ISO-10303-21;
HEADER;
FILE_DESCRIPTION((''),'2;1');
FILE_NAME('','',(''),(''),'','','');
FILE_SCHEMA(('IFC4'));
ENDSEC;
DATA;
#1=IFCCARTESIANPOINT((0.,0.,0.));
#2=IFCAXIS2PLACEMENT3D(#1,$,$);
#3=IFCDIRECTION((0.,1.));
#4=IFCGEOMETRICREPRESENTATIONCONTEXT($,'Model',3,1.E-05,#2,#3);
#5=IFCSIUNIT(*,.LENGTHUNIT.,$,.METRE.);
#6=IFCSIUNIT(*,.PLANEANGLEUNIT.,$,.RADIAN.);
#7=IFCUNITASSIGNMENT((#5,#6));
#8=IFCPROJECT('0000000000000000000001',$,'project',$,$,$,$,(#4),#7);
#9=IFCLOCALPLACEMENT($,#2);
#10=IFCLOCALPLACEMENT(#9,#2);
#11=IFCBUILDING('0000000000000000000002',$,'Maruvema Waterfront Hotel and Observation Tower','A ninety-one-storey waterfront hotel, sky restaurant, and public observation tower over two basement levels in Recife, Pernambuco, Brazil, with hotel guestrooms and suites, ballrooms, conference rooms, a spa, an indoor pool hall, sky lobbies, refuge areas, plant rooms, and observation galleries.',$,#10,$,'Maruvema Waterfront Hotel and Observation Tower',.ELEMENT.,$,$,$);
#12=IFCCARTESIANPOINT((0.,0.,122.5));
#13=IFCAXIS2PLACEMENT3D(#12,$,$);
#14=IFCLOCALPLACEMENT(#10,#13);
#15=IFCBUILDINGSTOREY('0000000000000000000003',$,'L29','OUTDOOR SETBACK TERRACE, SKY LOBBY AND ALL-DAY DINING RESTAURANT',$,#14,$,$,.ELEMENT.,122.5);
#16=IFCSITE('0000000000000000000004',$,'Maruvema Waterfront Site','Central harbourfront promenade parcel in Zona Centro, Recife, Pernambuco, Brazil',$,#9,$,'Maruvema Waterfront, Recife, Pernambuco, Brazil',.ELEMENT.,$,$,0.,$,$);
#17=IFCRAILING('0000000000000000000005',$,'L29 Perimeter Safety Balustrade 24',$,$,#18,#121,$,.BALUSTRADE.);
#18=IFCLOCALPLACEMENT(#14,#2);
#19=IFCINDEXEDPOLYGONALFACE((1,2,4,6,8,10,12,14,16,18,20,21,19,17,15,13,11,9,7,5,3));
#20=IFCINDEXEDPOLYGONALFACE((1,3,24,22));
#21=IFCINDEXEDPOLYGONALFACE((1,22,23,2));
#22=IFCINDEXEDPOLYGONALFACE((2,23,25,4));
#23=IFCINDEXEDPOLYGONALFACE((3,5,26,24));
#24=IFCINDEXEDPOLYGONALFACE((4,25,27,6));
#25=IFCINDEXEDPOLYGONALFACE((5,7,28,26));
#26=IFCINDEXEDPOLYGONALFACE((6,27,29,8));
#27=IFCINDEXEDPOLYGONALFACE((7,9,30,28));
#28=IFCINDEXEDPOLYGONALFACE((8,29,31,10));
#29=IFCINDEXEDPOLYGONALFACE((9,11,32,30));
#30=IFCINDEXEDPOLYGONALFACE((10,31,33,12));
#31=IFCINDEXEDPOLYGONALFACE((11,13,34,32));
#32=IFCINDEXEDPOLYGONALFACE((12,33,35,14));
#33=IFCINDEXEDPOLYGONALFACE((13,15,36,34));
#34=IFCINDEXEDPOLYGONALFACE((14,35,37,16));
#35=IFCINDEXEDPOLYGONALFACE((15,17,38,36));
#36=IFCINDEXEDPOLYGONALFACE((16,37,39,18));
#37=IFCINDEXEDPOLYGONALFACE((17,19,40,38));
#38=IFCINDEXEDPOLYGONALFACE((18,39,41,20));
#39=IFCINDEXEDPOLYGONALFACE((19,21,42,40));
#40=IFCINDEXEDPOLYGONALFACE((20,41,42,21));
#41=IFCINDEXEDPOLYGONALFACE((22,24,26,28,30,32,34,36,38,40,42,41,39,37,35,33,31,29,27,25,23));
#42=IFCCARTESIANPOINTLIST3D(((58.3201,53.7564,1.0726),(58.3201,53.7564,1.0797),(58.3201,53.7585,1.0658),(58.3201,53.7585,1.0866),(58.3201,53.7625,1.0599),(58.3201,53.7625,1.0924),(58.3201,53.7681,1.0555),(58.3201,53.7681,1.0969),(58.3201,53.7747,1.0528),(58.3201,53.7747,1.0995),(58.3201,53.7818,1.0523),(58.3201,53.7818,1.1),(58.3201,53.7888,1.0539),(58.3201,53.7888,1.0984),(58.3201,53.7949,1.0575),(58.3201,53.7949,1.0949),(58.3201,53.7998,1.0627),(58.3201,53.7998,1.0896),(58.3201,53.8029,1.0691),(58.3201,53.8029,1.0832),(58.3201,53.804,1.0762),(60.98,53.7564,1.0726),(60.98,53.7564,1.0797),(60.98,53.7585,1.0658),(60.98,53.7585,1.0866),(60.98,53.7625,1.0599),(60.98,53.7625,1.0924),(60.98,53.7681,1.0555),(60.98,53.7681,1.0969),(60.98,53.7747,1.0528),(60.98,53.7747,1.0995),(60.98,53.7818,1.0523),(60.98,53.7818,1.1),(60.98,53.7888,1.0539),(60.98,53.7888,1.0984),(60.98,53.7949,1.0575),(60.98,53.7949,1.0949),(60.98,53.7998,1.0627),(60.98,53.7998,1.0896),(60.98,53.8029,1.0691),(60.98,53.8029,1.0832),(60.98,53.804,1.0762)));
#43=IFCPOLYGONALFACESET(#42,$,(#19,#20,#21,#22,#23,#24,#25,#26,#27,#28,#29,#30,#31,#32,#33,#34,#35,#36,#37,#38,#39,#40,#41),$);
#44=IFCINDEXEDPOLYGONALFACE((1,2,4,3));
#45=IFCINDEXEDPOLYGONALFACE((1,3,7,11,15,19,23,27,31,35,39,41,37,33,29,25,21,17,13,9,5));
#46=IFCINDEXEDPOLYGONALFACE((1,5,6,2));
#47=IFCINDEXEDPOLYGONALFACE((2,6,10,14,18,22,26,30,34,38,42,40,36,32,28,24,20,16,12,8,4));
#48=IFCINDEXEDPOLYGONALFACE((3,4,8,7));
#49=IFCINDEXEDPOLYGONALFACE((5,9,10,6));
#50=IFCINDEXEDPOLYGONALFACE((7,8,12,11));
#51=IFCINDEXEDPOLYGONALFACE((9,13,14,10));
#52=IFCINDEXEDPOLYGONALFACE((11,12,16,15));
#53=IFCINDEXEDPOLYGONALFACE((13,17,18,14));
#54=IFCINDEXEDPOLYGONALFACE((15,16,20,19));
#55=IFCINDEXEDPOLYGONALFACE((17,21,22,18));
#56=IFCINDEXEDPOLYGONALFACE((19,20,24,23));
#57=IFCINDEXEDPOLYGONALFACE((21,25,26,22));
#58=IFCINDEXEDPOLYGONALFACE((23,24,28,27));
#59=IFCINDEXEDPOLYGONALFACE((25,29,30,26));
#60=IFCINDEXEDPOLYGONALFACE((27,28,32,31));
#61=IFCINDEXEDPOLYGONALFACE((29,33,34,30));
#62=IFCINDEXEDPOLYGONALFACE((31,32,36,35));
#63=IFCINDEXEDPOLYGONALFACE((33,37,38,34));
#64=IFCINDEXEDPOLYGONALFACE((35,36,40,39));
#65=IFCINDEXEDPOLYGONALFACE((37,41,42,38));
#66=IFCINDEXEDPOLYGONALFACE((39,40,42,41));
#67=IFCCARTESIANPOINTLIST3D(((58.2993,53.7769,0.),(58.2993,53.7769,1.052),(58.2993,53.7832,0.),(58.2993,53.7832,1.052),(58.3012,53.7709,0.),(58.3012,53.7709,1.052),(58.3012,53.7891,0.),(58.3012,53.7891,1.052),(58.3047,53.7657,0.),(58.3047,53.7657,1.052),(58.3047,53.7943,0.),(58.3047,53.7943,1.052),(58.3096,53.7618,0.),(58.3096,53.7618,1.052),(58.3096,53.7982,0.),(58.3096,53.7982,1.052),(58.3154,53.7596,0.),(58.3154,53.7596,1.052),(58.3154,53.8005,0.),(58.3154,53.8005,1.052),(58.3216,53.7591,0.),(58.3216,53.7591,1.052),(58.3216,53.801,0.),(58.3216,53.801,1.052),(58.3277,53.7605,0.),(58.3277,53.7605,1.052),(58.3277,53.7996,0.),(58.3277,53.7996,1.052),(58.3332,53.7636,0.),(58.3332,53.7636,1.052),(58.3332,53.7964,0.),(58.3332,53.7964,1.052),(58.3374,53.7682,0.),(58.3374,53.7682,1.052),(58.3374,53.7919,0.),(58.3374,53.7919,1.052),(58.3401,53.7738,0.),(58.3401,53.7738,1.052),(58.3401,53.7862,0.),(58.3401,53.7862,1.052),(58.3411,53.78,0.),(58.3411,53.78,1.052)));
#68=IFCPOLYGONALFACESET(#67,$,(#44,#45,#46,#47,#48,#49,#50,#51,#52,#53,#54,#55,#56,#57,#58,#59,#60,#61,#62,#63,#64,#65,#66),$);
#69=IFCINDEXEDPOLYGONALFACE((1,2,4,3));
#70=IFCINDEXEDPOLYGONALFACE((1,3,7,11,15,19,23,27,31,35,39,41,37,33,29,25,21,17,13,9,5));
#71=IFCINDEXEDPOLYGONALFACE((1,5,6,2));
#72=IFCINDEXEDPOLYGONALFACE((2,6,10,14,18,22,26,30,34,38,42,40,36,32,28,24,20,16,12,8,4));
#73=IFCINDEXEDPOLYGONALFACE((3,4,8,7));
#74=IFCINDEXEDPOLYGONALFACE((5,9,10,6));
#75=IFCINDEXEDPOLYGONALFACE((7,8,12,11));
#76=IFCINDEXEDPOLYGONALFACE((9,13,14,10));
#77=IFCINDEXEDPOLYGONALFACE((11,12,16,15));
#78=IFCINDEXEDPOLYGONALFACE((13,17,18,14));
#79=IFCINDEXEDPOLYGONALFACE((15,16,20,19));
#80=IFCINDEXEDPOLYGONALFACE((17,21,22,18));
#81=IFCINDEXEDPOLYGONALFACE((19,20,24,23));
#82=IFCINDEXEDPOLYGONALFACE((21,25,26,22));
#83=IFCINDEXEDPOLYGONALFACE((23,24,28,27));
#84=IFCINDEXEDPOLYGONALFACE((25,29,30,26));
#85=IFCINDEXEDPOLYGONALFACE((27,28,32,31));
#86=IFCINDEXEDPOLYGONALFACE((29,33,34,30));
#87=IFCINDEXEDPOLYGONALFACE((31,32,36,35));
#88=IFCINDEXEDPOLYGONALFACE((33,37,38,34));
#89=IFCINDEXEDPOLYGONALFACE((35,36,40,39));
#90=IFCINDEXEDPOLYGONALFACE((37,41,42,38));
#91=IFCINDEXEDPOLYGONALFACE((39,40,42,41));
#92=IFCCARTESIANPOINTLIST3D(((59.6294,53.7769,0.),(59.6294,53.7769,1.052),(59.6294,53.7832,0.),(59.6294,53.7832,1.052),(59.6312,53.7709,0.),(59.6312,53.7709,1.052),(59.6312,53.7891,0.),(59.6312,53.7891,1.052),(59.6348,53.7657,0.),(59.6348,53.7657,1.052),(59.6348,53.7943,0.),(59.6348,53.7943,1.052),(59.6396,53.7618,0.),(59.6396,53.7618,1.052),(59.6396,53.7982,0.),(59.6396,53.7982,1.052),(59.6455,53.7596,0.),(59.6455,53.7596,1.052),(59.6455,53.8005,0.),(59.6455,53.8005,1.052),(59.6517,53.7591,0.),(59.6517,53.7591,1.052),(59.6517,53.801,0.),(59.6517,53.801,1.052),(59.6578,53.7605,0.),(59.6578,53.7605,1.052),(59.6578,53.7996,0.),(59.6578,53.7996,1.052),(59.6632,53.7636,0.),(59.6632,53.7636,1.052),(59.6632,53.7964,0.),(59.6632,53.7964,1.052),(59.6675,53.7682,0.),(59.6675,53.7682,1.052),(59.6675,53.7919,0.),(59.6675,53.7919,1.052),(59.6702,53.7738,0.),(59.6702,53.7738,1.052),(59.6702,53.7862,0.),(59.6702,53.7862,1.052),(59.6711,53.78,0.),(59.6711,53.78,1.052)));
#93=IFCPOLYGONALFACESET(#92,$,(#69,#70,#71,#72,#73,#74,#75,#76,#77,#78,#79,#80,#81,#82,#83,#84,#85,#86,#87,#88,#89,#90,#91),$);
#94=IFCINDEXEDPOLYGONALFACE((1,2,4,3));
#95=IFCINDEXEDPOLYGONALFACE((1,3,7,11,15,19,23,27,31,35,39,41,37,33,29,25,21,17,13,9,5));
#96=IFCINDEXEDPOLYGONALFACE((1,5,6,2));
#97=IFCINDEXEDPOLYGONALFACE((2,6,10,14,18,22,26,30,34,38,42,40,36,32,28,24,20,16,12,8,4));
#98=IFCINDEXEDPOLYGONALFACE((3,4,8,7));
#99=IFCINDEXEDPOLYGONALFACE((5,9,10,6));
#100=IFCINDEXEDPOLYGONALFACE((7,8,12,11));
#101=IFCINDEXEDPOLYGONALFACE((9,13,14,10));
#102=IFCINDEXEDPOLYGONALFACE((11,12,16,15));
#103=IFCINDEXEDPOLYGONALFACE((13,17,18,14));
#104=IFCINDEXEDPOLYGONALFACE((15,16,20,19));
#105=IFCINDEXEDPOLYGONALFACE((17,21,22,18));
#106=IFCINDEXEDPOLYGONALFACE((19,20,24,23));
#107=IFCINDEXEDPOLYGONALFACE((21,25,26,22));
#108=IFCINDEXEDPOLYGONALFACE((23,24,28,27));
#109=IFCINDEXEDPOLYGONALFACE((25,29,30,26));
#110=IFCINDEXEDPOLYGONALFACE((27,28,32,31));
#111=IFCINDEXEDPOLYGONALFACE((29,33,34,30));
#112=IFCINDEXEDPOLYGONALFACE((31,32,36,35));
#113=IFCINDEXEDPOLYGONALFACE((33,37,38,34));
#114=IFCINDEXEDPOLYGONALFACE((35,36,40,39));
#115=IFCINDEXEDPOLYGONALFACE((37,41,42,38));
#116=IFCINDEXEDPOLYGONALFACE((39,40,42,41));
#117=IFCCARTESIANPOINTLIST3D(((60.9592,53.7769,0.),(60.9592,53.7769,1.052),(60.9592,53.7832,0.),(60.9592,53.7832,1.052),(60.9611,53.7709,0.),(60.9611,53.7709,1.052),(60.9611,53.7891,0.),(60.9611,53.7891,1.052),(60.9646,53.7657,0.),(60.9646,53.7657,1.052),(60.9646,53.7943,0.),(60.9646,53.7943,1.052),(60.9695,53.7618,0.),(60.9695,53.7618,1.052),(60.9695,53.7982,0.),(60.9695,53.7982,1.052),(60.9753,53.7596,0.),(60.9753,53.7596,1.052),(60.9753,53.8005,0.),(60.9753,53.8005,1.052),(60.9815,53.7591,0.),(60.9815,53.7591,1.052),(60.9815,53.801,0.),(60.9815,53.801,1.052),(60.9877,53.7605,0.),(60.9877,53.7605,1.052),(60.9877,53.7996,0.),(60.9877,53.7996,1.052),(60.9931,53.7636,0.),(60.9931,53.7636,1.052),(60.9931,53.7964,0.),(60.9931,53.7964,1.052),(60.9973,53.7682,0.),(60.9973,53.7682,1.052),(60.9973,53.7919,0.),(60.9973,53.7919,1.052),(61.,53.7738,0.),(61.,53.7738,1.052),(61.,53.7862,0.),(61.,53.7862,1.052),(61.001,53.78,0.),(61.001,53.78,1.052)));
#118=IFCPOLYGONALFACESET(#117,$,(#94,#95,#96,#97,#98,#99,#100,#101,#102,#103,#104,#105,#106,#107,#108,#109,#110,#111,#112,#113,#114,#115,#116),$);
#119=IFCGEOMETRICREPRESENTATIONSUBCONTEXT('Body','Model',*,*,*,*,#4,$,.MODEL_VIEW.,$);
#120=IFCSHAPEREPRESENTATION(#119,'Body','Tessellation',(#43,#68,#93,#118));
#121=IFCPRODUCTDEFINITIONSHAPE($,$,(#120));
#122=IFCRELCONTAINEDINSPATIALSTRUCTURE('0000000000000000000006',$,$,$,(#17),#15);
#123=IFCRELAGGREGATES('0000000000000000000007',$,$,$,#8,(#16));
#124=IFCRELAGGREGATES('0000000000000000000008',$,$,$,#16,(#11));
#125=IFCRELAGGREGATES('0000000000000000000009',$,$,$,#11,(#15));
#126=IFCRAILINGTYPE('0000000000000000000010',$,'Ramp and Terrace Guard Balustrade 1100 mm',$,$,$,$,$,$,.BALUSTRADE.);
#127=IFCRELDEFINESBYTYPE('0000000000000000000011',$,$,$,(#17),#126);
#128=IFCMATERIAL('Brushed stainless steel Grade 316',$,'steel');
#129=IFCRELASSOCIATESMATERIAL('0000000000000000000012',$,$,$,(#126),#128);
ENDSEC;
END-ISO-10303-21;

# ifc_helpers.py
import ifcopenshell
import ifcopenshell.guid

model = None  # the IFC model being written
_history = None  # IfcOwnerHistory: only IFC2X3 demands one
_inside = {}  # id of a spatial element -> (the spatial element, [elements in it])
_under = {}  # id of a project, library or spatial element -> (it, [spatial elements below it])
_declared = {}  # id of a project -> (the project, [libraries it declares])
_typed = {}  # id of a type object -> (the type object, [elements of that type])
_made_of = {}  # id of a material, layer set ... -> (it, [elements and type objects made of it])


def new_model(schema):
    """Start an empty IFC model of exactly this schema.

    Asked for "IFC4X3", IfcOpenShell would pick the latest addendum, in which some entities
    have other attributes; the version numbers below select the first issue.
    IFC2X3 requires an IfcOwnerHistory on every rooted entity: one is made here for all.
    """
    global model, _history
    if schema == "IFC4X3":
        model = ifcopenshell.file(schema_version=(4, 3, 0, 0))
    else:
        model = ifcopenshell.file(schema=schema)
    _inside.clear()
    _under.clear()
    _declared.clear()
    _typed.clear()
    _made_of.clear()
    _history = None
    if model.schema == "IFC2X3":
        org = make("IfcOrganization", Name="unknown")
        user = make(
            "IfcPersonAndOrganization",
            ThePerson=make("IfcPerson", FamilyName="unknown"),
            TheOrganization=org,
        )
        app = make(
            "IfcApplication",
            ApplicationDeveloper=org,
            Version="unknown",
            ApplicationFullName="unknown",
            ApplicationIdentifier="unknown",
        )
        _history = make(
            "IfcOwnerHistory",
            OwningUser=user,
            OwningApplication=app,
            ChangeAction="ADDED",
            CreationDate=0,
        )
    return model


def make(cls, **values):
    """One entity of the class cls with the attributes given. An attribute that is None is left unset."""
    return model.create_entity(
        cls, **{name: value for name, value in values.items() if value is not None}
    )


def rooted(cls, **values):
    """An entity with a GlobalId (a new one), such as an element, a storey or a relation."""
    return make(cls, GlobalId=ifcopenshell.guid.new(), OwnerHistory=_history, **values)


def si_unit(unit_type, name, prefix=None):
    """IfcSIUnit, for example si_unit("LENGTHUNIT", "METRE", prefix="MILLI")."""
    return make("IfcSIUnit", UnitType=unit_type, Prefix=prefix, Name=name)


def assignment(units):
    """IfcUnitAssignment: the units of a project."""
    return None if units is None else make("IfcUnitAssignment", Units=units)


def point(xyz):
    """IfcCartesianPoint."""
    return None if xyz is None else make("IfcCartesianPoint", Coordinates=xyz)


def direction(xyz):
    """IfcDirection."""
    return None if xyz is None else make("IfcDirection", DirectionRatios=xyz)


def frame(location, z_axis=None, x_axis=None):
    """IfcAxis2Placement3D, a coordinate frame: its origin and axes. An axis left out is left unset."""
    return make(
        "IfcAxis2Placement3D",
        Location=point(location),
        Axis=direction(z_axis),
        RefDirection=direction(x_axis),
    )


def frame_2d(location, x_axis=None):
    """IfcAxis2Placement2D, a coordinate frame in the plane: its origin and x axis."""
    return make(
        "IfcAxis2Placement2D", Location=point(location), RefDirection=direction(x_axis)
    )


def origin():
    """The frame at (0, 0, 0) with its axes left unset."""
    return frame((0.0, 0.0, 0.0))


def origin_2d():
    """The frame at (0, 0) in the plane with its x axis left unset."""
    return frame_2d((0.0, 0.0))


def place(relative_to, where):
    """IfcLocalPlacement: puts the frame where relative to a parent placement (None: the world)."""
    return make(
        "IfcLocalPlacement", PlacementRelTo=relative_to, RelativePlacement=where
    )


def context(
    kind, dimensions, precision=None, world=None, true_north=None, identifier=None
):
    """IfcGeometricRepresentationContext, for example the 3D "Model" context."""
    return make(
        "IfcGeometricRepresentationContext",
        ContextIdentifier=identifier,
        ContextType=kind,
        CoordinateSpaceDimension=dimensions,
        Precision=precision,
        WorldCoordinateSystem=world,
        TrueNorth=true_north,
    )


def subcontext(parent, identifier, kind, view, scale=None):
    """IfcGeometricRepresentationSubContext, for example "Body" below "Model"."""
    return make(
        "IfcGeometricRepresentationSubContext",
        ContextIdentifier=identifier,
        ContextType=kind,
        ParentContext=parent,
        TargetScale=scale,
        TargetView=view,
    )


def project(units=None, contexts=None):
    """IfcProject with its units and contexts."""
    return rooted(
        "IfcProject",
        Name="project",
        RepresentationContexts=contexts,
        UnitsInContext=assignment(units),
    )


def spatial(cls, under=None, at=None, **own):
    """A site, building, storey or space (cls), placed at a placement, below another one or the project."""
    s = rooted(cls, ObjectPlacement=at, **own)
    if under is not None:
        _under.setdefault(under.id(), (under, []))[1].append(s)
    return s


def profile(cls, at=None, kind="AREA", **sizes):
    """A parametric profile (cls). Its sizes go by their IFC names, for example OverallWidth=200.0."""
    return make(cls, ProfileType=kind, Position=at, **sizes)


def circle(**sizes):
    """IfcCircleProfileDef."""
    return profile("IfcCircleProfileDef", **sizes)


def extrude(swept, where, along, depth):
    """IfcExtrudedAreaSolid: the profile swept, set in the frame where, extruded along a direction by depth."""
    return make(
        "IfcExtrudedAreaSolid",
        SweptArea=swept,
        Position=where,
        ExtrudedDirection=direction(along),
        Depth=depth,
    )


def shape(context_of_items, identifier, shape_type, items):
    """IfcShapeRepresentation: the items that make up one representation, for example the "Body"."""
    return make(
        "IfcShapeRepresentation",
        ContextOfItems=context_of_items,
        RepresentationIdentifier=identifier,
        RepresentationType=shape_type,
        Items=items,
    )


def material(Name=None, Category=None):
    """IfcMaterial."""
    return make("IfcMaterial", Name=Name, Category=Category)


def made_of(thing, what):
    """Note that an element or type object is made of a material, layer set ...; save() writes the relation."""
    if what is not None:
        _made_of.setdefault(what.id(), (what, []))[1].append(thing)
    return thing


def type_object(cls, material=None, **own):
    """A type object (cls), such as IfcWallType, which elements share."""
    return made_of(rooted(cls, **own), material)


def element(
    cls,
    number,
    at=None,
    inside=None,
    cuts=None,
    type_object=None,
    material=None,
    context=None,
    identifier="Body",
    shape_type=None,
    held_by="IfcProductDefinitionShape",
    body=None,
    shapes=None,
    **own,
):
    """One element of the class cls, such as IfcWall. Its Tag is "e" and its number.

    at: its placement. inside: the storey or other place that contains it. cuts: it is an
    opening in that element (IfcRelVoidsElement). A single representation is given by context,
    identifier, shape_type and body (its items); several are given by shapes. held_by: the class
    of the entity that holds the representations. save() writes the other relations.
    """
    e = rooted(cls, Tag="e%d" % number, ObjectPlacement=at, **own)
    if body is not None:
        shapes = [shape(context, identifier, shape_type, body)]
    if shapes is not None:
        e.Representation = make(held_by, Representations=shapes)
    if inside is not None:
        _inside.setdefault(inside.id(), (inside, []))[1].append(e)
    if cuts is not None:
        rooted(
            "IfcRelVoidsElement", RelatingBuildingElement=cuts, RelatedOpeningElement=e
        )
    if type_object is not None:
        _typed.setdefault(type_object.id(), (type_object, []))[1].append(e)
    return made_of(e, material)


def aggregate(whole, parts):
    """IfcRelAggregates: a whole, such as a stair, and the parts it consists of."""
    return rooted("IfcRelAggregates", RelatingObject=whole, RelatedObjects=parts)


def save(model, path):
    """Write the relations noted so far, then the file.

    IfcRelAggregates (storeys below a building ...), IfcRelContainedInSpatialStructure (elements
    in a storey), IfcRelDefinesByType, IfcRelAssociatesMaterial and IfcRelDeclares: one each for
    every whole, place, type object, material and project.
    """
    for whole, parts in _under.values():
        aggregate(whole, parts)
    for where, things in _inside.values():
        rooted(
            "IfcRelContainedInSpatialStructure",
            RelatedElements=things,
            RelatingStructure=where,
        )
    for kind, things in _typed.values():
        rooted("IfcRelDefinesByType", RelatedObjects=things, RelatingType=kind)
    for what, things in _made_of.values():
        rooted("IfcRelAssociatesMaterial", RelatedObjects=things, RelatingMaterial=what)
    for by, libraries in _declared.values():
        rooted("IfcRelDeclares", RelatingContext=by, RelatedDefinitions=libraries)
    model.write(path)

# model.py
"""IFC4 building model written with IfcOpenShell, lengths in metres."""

from ifc_helpers import new_model, si_unit, direction, frame, origin, origin_2d, place, context, subcontext, project, spatial, circle, extrude, material, type_object, element, save


model = new_model("IFC4")

# Units and contexts
model_context = context("Model", 3, precision=1e-05, world=origin(), true_north=direction((0.0, 1.0)))
body_context = subcontext(model_context, "Body", "Model", "MODEL_VIEW")
ifc_project = project(units=[si_unit("LENGTHUNIT", "METRE"), si_unit("PLANEANGLEUNIT", "RADIAN")], contexts=[model_context])

# Site, building, storey
site_placement = place(None, origin())
site = spatial("IfcSite", under=ifc_project, at=site_placement, Name="Maruvema Waterfront Site", Description="Central harbourfront promenade parcel in Zona Centro, Recife, Pernambuco, Brazil", LongName="Maruvema Waterfront, Recife, Pernambuco, Brazil", CompositionType="ELEMENT", RefElevation=0.0)
building_placement = place(site_placement, origin())
building = spatial("IfcBuilding", under=site, at=building_placement, Name="Maruvema Waterfront Hotel and Observation Tower", Description="A ninety-one-storey waterfront hotel, sky restaurant, and public observation tower over two basement levels in Recife, Pernambuco, Brazil, with hotel guestrooms and suites, ballrooms, conference rooms, a spa, an indoor pool hall, sky lobbies, refuge areas, plant rooms, and observation galleries.", LongName="Maruvema Waterfront Hotel and Observation Tower", CompositionType="ELEMENT")
storey_placement = place(building_placement, frame((0.0, 0.0, 122.5)))
storey = spatial("IfcBuildingStorey", under=building, at=storey_placement, Name="L29", Description="OUTDOOR SETBACK TERRACE, SKY LOBBY AND ALL-DAY DINING RESTAURANT", CompositionType="ELEMENT", Elevation=122.5)

# Railing
ifc_material_1 = material(Name="Brushed stainless steel Grade 316", Category="steel")
railing_type = type_object("IfcRailingType", Name="Ramp and Terrace Guard Balustrade 1100 mm", PredefinedType="BALUSTRADE", material=ifc_material_1)
railing_1_placement = place(storey_placement, frame((58.3201, 53.78, 0.0)))
element("IfcRailing", 1, at=railing_1_placement, inside=storey, type_object=railing_type, Name="L29 Perimeter Safety Balustrade 24", PredefinedType="BALUSTRADE", context=body_context, shape_type="SweptSolid", body=[
    extrude(circle(Radius=0.0239, at=origin_2d()), frame((0.0, 0.0, 1.0762), z_axis=(1.0, 0.0, 0.0), x_axis=(0.0, 1.0, 0.0)), (0.0, 0.0, 1.0), 2.6599),
    extrude(circle(Radius=0.021, at=origin_2d()), origin(), (0.0, 0.0, 1.0), 1.052),
    extrude(circle(Radius=0.021, at=origin_2d()), frame((1.3301, 0.0, 0.0)), (0.0, 0.0, 1.0), 1.052),
    extrude(circle(Radius=0.021, at=origin_2d()), frame((2.6599, 0.0, 0.0)), (0.0, 0.0, 1.0), 1.052),
])

save(model, "model.ifc")
